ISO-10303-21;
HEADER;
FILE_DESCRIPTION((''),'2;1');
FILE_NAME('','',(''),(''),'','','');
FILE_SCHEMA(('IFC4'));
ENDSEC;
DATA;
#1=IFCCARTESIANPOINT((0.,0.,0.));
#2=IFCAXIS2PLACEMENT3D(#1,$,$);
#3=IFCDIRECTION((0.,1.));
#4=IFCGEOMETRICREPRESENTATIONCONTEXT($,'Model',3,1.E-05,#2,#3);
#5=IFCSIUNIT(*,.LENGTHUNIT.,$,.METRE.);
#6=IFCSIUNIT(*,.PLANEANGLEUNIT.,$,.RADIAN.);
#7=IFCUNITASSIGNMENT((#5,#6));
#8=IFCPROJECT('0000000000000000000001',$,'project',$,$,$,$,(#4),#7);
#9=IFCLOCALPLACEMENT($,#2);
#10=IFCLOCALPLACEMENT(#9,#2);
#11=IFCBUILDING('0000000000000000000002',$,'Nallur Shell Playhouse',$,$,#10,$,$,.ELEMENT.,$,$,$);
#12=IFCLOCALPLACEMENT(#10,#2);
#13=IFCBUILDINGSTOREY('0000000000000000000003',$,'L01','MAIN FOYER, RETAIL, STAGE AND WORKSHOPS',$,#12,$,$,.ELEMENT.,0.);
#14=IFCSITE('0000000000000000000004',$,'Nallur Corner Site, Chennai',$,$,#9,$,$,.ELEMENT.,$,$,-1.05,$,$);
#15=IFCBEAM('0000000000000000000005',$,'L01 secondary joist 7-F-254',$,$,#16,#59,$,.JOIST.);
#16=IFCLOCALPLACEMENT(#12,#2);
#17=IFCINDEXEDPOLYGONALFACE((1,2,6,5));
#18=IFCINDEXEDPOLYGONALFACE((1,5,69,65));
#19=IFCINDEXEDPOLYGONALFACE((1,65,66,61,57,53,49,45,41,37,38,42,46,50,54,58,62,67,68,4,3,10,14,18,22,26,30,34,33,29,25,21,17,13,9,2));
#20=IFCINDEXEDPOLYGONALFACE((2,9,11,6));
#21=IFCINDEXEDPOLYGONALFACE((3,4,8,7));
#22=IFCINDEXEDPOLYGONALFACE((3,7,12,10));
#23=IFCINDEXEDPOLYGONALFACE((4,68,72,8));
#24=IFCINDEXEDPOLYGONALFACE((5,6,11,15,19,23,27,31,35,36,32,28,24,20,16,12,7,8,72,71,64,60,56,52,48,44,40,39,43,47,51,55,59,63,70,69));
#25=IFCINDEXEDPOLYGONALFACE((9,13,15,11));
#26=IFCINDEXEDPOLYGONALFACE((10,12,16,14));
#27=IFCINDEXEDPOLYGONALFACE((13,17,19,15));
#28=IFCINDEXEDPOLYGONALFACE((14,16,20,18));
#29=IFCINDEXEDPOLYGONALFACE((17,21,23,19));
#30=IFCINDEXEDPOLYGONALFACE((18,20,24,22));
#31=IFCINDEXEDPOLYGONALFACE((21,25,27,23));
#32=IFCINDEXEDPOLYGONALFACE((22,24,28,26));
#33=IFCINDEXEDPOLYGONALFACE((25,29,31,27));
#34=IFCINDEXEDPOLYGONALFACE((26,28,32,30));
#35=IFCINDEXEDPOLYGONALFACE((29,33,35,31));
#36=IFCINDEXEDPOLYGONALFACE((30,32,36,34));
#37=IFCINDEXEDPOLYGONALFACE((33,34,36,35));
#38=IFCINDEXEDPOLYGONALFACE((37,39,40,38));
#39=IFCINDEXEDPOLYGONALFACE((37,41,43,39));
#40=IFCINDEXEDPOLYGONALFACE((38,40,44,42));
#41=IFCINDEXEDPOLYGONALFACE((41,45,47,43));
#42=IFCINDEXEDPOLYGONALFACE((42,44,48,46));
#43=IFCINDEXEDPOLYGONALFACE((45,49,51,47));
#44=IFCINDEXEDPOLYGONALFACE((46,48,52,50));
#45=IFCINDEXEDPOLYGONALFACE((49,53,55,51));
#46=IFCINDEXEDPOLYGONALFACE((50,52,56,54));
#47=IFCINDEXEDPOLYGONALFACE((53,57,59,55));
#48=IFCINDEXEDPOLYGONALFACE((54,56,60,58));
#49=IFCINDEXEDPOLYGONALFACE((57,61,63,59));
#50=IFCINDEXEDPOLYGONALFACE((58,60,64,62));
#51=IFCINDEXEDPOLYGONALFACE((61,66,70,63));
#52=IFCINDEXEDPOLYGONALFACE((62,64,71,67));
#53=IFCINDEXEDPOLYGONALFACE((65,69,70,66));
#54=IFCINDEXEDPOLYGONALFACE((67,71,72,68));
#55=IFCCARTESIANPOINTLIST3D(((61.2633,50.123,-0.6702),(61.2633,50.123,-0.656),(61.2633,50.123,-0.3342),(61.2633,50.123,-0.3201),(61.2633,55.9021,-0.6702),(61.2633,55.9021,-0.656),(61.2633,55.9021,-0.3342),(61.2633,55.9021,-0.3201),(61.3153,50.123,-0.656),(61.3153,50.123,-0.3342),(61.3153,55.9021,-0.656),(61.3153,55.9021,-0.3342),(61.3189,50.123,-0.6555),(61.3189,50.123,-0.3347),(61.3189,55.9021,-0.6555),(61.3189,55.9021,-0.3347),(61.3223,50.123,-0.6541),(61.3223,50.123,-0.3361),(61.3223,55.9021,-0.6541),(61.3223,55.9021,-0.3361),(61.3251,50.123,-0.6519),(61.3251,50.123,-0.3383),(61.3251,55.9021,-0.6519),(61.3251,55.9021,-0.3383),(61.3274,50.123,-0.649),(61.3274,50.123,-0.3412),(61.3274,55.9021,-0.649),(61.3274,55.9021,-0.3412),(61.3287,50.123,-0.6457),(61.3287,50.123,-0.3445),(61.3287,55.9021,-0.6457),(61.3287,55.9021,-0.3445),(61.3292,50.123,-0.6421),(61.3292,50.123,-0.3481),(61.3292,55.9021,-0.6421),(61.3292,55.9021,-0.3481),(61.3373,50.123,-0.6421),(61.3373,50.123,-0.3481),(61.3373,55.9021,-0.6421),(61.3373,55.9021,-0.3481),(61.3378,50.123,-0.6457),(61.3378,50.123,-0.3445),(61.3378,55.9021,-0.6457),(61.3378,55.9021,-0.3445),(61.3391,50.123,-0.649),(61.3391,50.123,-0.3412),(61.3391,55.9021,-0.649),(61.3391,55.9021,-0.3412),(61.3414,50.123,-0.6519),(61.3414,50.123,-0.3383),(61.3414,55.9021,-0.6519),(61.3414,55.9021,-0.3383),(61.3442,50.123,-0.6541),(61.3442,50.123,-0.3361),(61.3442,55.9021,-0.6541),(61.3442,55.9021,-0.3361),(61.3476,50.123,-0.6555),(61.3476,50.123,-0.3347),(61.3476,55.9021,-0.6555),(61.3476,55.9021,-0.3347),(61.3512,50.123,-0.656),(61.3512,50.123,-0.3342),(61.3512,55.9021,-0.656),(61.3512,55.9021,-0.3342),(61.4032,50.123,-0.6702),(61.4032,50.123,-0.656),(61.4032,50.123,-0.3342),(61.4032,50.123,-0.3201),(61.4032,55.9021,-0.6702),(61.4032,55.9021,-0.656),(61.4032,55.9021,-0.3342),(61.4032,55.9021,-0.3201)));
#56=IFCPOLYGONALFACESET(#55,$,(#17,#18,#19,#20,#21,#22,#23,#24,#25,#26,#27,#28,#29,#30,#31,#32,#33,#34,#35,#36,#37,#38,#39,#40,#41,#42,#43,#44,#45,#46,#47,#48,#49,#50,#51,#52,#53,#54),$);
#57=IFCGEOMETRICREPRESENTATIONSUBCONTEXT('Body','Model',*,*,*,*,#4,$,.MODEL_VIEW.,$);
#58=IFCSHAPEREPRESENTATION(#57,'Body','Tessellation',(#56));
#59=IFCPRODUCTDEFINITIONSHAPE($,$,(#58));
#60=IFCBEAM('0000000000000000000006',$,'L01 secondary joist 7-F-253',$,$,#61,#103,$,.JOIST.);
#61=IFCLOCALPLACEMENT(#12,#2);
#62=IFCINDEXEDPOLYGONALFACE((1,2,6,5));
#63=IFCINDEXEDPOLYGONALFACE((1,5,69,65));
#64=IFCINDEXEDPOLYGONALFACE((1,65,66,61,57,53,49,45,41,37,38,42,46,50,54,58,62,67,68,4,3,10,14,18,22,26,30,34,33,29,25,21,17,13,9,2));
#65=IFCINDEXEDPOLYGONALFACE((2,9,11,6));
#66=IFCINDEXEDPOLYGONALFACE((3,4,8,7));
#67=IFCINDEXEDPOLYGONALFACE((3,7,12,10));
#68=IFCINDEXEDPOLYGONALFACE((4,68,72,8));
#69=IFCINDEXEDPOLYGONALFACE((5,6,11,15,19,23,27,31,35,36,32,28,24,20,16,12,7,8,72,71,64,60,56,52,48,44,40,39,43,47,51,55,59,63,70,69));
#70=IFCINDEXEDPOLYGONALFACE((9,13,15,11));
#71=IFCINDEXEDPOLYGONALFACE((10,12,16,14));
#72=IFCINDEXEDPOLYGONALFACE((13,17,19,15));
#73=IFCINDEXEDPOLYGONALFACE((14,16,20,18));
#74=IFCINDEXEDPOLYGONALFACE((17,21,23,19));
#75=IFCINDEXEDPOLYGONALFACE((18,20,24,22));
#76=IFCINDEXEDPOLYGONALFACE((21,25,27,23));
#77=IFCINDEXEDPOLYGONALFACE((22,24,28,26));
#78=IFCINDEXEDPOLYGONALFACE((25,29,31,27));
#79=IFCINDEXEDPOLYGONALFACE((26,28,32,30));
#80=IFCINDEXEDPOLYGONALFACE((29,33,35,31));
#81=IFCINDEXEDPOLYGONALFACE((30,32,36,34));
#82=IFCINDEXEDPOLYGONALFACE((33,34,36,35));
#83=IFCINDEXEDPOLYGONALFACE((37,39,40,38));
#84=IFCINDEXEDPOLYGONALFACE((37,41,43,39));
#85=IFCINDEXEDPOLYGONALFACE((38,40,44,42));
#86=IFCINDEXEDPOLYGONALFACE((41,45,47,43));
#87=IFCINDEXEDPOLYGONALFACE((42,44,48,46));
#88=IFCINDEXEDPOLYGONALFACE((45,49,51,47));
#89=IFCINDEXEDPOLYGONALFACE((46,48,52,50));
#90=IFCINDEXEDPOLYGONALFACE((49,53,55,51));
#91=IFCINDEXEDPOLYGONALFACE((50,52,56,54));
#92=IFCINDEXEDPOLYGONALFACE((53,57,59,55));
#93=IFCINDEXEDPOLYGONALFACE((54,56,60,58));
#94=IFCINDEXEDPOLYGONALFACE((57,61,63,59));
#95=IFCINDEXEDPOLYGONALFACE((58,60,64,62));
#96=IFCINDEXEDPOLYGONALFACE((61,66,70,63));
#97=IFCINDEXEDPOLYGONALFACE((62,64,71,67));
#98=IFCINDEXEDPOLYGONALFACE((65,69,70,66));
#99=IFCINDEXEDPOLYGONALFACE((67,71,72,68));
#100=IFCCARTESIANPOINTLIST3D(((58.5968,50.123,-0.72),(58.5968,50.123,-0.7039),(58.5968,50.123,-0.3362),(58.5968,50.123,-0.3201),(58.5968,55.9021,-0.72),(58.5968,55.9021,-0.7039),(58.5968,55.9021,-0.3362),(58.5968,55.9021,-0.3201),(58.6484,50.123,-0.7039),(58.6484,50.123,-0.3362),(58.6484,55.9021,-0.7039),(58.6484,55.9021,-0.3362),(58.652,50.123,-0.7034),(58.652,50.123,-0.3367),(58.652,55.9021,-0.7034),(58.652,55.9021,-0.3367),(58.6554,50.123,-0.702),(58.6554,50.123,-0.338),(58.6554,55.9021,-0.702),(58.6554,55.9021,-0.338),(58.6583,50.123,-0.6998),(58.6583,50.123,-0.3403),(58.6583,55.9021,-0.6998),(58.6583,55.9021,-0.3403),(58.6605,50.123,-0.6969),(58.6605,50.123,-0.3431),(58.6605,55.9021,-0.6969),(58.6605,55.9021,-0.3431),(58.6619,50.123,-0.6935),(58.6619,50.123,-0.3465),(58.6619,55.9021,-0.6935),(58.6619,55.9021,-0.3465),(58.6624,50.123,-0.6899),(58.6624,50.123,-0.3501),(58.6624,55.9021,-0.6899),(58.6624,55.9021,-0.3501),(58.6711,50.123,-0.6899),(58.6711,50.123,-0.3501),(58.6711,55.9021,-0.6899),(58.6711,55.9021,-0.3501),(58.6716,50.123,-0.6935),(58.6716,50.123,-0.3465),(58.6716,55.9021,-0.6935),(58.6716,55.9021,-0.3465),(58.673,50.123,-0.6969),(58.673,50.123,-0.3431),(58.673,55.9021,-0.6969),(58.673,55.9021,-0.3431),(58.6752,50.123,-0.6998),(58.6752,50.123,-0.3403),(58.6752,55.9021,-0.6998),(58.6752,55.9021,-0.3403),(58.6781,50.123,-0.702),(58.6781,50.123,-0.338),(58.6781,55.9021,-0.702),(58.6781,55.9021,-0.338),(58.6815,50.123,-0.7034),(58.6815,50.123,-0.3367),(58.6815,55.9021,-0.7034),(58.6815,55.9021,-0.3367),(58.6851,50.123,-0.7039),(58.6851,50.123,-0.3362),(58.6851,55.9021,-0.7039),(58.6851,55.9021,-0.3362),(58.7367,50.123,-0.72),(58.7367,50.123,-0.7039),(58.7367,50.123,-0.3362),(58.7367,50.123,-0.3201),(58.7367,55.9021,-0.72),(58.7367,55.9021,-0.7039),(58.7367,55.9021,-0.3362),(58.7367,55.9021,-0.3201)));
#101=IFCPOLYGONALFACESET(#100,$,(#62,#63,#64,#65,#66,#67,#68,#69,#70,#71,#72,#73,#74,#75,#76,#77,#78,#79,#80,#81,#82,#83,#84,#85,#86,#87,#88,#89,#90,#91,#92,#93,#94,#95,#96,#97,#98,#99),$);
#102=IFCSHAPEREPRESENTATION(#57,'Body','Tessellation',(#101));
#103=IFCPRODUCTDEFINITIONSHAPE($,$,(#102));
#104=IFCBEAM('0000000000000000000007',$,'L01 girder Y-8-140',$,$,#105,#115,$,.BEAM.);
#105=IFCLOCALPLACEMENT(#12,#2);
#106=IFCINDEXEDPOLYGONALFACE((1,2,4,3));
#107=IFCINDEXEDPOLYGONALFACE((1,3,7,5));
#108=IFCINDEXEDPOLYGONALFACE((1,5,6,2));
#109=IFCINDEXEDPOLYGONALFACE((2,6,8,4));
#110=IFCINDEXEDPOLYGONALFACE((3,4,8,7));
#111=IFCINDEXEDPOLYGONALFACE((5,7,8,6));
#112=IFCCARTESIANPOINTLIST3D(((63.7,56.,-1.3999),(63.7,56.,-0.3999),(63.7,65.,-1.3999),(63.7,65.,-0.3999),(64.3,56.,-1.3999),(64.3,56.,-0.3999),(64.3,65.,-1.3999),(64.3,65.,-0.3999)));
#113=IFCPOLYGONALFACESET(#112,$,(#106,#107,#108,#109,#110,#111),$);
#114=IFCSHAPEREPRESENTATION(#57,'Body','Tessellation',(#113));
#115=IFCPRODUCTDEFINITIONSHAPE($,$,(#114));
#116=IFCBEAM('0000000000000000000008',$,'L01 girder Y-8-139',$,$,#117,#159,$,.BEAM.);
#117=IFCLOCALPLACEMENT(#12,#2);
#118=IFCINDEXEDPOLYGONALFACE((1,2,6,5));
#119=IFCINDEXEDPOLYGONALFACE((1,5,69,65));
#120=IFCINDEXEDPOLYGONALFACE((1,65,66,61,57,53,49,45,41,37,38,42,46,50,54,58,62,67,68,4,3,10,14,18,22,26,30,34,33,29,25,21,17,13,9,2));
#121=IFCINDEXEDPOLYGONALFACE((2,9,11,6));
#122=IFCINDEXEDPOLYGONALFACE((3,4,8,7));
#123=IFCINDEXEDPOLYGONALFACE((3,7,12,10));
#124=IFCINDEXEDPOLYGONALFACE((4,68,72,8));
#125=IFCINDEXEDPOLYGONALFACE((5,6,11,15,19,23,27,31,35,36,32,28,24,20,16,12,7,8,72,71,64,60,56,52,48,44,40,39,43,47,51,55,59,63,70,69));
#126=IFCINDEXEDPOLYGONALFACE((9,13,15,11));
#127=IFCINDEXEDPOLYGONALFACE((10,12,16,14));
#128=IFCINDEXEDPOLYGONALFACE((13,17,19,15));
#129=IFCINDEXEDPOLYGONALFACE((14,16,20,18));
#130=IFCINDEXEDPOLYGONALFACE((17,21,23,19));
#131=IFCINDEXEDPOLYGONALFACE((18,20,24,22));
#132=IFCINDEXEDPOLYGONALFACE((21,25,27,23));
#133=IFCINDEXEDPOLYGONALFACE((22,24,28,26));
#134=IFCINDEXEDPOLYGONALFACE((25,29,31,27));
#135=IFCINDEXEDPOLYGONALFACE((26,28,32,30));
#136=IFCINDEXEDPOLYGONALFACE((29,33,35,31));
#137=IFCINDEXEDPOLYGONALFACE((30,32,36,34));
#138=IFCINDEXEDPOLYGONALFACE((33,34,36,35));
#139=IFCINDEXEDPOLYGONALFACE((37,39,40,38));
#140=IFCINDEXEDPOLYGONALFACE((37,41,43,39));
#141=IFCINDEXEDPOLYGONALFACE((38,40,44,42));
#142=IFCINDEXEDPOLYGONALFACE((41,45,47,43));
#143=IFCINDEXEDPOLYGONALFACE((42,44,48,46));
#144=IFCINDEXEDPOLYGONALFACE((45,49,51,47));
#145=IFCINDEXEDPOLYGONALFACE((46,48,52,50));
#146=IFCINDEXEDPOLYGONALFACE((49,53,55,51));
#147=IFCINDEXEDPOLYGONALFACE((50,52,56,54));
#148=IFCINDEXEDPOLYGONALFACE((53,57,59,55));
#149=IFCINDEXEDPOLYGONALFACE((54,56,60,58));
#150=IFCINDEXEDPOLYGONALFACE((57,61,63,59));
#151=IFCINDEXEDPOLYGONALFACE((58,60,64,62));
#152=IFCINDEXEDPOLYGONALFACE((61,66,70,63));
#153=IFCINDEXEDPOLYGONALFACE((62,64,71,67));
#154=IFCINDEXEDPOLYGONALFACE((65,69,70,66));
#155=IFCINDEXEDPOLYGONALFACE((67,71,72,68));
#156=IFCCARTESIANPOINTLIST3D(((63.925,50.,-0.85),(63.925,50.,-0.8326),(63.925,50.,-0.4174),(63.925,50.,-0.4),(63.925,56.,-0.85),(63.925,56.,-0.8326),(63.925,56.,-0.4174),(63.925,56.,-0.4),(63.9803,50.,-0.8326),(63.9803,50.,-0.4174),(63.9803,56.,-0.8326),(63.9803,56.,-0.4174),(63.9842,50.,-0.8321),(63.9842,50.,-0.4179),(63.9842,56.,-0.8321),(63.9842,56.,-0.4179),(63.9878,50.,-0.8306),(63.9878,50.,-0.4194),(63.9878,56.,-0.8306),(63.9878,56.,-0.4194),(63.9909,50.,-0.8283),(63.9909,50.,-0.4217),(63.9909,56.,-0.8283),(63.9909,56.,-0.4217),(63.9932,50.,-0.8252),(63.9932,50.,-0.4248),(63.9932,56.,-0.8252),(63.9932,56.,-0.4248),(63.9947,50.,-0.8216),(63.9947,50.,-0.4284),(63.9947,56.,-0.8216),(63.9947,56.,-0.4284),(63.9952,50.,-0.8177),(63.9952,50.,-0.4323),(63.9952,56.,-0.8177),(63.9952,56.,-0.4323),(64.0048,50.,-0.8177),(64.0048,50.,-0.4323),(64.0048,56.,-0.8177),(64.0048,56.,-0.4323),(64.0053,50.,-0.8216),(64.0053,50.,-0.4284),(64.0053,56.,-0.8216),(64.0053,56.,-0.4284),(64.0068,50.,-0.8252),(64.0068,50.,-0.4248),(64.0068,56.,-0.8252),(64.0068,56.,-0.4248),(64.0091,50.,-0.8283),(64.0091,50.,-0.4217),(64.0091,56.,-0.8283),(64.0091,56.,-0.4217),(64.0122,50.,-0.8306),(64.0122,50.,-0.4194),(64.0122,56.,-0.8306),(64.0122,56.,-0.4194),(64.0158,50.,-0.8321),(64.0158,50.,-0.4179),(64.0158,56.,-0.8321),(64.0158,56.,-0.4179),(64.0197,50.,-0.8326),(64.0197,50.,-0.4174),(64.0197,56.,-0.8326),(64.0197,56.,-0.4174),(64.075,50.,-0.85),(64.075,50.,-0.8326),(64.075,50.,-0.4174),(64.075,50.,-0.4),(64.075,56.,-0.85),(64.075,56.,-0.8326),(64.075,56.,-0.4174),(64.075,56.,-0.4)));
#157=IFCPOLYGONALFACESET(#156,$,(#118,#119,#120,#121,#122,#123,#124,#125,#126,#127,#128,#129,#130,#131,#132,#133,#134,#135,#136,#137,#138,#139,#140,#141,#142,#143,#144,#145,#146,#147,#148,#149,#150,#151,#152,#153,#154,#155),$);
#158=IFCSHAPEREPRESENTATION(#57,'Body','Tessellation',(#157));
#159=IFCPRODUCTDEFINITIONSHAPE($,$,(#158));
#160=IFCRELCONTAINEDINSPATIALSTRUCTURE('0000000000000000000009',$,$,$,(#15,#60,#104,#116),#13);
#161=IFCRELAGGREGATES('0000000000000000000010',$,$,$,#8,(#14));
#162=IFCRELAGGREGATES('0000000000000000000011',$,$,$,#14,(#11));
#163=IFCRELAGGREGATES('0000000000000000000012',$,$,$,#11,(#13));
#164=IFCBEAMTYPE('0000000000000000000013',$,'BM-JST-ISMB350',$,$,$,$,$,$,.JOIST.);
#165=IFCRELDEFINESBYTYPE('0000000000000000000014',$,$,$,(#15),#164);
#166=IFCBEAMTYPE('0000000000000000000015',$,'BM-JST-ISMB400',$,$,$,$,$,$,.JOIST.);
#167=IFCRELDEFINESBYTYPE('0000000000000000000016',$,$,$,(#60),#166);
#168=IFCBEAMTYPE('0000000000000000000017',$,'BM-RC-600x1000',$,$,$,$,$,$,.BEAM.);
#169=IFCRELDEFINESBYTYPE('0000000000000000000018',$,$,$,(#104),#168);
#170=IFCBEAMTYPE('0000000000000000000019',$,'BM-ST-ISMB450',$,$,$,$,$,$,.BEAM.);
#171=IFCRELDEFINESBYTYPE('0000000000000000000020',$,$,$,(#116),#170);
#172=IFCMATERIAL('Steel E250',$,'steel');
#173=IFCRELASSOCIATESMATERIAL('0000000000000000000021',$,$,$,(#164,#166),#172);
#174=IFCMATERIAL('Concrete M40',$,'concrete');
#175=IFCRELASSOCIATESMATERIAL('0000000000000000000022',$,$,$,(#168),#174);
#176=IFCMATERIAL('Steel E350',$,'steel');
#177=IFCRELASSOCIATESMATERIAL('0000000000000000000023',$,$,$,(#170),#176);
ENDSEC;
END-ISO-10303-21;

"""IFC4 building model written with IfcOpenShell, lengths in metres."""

from ifc_helpers import new_model, si_unit, direction, frame, origin, origin_2d, place, context, subcontext, project, spatial, rectangle, i_section, extrude, material, material_profile, profile_set, type_object, element, save


model = new_model("IFC4")

# Units and contexts
model_context = context("Model", 3, precision=1e-05, world=origin(), true_north=direction((0.0, 1.0)))
body_context = subcontext(model_context, "Body", "Model", "MODEL_VIEW")
ifc_project = project(units=[si_unit("LENGTHUNIT", "METRE"), si_unit("PLANEANGLEUNIT", "RADIAN")], contexts=[model_context])

# Site, building, storey
site_placement = place(None, origin())
site = spatial("IfcSite", under=ifc_project, at=site_placement, Name="Nallur Corner Site, Chennai", CompositionType="ELEMENT", RefElevation=-1.05)
building_placement = place(site_placement, origin())
building = spatial("IfcBuilding", under=site, at=building_placement, Name="Nallur Shell Playhouse", CompositionType="ELEMENT")
storey_placement = place(building_placement, origin())
storey = spatial("IfcBuildingStorey", under=building, at=storey_placement, Name="L01", Description="MAIN FOYER, RETAIL, STAGE AND WORKSHOPS", CompositionType="ELEMENT", Elevation=0.0)

# Shared definitions
ifc_material_1 = material(Name="Concrete M40", Category="concrete")
ifc_material_2 = material(Name="Steel E350", Category="steel")

# Beams
ifc_material_3 = material(Name="Steel E250", Category="steel")
ifc_material_profile_1 = material_profile(ifc_material_3, i_section(OverallWidth=0.1399, OverallDepth=0.3501, WebThickness=0.0081, FlangeThickness=0.0142, FilletRadius=0.0139, at=origin_2d()), Name="ISMB 350")
ifc_profile_set_1 = profile_set([ifc_material_profile_1], Name="Steel E250")
beam_type_1 = type_object("IfcBeamType", Name="BM-JST-ISMB350", PredefinedType="JOIST", material=ifc_profile_set_1)
beam_1_placement = place(storey_placement, frame((61.3333, 50.123, -0.4951), z_axis=(0.0, 1.0, 0.0), x_axis=(-1.0, 0.0, 0.0)))
element("IfcBeam", 1, at=beam_1_placement, inside=storey, type_object=beam_type_1, Name="L01 secondary joist 7-F-254", PredefinedType="JOIST", context=body_context, shape_type="SweptSolid", body=[
    extrude(i_section(OverallWidth=0.1399, OverallDepth=0.3501, WebThickness=0.0081, FlangeThickness=0.0142, FilletRadius=0.0139, at=origin_2d()), origin(), (0.0, 0.0, 1.0), 5.7791),
])
ifc_material_profile_2 = material_profile(ifc_material_3, i_section(OverallWidth=0.1399, OverallDepth=0.3999, WebThickness=0.0088, FlangeThickness=0.0161, FilletRadius=0.0139, at=origin_2d()), Name="ISMB 400")
ifc_profile_set_2 = profile_set([ifc_material_profile_2], Name="Steel E250")
beam_type_2 = type_object("IfcBeamType", Name="BM-JST-ISMB400", PredefinedType="JOIST", material=ifc_profile_set_2)
beam_2_placement = place(storey_placement, frame((58.6667, 50.123, -0.52), z_axis=(0.0, 1.0, 0.0), x_axis=(-1.0, 0.0, 0.0)))
element("IfcBeam", 2, at=beam_2_placement, inside=storey, type_object=beam_type_2, Name="L01 secondary joist 7-F-253", PredefinedType="JOIST", context=body_context, shape_type="SweptSolid", body=[
    extrude(i_section(OverallWidth=0.1399, OverallDepth=0.3999, WebThickness=0.0088, FlangeThickness=0.0161, FilletRadius=0.0139, at=origin_2d()), origin(), (0.0, 0.0, 1.0), 5.7791),
])
ifc_material_profile_3 = material_profile(ifc_material_1, rectangle(XDim=0.6001, YDim=1.0, at=origin_2d()), Name="RC 600x1000")
ifc_profile_set_3 = profile_set([ifc_material_profile_3], Name="Concrete M40")
beam_type_3 = type_object("IfcBeamType", Name="BM-RC-600x1000", PredefinedType="BEAM", material=ifc_profile_set_3)
beam_3_placement = place(storey_placement, frame((64.0, 56.0, -0.8999), z_axis=(0.0, 1.0, 0.0), x_axis=(-1.0, 0.0, 0.0)))
element("IfcBeam", 3, at=beam_3_placement, inside=storey, type_object=beam_type_3, Name="L01 girder Y-8-140", PredefinedType="BEAM", context=body_context, shape_type="SweptSolid", body=[
    extrude(rectangle(XDim=0.6001, YDim=1.0, at=origin_2d()), origin(), (0.0, 0.0, 1.0), 9.0),
])
ifc_material_profile_4 = material_profile(ifc_material_2, i_section(OverallWidth=0.1499, OverallDepth=0.45, WebThickness=0.0095, FlangeThickness=0.0173, FilletRadius=0.0149, at=origin_2d()), Name="ISMB 450")
ifc_profile_set_4 = profile_set([ifc_material_profile_4], Name="Steel E350")
beam_type_4 = type_object("IfcBeamType", Name="BM-ST-ISMB450", PredefinedType="BEAM", material=ifc_profile_set_4)
beam_4_placement = place(storey_placement, frame((64.0, 50.0, -0.625), z_axis=(0.0, 1.0, 0.0), x_axis=(-1.0, 0.0, 0.0)))
element("IfcBeam", 4, at=beam_4_placement, inside=storey, type_object=beam_type_4, Name="L01 girder Y-8-139", PredefinedType="BEAM", context=body_context, shape_type="SweptSolid", body=[
    extrude(i_section(OverallWidth=0.1499, OverallDepth=0.45, WebThickness=0.0095, FlangeThickness=0.0173, FilletRadius=0.0149, at=origin_2d()), origin(), (0.0, 0.0, 1.0), 6.0),
])

save(model, "model.ifc")
